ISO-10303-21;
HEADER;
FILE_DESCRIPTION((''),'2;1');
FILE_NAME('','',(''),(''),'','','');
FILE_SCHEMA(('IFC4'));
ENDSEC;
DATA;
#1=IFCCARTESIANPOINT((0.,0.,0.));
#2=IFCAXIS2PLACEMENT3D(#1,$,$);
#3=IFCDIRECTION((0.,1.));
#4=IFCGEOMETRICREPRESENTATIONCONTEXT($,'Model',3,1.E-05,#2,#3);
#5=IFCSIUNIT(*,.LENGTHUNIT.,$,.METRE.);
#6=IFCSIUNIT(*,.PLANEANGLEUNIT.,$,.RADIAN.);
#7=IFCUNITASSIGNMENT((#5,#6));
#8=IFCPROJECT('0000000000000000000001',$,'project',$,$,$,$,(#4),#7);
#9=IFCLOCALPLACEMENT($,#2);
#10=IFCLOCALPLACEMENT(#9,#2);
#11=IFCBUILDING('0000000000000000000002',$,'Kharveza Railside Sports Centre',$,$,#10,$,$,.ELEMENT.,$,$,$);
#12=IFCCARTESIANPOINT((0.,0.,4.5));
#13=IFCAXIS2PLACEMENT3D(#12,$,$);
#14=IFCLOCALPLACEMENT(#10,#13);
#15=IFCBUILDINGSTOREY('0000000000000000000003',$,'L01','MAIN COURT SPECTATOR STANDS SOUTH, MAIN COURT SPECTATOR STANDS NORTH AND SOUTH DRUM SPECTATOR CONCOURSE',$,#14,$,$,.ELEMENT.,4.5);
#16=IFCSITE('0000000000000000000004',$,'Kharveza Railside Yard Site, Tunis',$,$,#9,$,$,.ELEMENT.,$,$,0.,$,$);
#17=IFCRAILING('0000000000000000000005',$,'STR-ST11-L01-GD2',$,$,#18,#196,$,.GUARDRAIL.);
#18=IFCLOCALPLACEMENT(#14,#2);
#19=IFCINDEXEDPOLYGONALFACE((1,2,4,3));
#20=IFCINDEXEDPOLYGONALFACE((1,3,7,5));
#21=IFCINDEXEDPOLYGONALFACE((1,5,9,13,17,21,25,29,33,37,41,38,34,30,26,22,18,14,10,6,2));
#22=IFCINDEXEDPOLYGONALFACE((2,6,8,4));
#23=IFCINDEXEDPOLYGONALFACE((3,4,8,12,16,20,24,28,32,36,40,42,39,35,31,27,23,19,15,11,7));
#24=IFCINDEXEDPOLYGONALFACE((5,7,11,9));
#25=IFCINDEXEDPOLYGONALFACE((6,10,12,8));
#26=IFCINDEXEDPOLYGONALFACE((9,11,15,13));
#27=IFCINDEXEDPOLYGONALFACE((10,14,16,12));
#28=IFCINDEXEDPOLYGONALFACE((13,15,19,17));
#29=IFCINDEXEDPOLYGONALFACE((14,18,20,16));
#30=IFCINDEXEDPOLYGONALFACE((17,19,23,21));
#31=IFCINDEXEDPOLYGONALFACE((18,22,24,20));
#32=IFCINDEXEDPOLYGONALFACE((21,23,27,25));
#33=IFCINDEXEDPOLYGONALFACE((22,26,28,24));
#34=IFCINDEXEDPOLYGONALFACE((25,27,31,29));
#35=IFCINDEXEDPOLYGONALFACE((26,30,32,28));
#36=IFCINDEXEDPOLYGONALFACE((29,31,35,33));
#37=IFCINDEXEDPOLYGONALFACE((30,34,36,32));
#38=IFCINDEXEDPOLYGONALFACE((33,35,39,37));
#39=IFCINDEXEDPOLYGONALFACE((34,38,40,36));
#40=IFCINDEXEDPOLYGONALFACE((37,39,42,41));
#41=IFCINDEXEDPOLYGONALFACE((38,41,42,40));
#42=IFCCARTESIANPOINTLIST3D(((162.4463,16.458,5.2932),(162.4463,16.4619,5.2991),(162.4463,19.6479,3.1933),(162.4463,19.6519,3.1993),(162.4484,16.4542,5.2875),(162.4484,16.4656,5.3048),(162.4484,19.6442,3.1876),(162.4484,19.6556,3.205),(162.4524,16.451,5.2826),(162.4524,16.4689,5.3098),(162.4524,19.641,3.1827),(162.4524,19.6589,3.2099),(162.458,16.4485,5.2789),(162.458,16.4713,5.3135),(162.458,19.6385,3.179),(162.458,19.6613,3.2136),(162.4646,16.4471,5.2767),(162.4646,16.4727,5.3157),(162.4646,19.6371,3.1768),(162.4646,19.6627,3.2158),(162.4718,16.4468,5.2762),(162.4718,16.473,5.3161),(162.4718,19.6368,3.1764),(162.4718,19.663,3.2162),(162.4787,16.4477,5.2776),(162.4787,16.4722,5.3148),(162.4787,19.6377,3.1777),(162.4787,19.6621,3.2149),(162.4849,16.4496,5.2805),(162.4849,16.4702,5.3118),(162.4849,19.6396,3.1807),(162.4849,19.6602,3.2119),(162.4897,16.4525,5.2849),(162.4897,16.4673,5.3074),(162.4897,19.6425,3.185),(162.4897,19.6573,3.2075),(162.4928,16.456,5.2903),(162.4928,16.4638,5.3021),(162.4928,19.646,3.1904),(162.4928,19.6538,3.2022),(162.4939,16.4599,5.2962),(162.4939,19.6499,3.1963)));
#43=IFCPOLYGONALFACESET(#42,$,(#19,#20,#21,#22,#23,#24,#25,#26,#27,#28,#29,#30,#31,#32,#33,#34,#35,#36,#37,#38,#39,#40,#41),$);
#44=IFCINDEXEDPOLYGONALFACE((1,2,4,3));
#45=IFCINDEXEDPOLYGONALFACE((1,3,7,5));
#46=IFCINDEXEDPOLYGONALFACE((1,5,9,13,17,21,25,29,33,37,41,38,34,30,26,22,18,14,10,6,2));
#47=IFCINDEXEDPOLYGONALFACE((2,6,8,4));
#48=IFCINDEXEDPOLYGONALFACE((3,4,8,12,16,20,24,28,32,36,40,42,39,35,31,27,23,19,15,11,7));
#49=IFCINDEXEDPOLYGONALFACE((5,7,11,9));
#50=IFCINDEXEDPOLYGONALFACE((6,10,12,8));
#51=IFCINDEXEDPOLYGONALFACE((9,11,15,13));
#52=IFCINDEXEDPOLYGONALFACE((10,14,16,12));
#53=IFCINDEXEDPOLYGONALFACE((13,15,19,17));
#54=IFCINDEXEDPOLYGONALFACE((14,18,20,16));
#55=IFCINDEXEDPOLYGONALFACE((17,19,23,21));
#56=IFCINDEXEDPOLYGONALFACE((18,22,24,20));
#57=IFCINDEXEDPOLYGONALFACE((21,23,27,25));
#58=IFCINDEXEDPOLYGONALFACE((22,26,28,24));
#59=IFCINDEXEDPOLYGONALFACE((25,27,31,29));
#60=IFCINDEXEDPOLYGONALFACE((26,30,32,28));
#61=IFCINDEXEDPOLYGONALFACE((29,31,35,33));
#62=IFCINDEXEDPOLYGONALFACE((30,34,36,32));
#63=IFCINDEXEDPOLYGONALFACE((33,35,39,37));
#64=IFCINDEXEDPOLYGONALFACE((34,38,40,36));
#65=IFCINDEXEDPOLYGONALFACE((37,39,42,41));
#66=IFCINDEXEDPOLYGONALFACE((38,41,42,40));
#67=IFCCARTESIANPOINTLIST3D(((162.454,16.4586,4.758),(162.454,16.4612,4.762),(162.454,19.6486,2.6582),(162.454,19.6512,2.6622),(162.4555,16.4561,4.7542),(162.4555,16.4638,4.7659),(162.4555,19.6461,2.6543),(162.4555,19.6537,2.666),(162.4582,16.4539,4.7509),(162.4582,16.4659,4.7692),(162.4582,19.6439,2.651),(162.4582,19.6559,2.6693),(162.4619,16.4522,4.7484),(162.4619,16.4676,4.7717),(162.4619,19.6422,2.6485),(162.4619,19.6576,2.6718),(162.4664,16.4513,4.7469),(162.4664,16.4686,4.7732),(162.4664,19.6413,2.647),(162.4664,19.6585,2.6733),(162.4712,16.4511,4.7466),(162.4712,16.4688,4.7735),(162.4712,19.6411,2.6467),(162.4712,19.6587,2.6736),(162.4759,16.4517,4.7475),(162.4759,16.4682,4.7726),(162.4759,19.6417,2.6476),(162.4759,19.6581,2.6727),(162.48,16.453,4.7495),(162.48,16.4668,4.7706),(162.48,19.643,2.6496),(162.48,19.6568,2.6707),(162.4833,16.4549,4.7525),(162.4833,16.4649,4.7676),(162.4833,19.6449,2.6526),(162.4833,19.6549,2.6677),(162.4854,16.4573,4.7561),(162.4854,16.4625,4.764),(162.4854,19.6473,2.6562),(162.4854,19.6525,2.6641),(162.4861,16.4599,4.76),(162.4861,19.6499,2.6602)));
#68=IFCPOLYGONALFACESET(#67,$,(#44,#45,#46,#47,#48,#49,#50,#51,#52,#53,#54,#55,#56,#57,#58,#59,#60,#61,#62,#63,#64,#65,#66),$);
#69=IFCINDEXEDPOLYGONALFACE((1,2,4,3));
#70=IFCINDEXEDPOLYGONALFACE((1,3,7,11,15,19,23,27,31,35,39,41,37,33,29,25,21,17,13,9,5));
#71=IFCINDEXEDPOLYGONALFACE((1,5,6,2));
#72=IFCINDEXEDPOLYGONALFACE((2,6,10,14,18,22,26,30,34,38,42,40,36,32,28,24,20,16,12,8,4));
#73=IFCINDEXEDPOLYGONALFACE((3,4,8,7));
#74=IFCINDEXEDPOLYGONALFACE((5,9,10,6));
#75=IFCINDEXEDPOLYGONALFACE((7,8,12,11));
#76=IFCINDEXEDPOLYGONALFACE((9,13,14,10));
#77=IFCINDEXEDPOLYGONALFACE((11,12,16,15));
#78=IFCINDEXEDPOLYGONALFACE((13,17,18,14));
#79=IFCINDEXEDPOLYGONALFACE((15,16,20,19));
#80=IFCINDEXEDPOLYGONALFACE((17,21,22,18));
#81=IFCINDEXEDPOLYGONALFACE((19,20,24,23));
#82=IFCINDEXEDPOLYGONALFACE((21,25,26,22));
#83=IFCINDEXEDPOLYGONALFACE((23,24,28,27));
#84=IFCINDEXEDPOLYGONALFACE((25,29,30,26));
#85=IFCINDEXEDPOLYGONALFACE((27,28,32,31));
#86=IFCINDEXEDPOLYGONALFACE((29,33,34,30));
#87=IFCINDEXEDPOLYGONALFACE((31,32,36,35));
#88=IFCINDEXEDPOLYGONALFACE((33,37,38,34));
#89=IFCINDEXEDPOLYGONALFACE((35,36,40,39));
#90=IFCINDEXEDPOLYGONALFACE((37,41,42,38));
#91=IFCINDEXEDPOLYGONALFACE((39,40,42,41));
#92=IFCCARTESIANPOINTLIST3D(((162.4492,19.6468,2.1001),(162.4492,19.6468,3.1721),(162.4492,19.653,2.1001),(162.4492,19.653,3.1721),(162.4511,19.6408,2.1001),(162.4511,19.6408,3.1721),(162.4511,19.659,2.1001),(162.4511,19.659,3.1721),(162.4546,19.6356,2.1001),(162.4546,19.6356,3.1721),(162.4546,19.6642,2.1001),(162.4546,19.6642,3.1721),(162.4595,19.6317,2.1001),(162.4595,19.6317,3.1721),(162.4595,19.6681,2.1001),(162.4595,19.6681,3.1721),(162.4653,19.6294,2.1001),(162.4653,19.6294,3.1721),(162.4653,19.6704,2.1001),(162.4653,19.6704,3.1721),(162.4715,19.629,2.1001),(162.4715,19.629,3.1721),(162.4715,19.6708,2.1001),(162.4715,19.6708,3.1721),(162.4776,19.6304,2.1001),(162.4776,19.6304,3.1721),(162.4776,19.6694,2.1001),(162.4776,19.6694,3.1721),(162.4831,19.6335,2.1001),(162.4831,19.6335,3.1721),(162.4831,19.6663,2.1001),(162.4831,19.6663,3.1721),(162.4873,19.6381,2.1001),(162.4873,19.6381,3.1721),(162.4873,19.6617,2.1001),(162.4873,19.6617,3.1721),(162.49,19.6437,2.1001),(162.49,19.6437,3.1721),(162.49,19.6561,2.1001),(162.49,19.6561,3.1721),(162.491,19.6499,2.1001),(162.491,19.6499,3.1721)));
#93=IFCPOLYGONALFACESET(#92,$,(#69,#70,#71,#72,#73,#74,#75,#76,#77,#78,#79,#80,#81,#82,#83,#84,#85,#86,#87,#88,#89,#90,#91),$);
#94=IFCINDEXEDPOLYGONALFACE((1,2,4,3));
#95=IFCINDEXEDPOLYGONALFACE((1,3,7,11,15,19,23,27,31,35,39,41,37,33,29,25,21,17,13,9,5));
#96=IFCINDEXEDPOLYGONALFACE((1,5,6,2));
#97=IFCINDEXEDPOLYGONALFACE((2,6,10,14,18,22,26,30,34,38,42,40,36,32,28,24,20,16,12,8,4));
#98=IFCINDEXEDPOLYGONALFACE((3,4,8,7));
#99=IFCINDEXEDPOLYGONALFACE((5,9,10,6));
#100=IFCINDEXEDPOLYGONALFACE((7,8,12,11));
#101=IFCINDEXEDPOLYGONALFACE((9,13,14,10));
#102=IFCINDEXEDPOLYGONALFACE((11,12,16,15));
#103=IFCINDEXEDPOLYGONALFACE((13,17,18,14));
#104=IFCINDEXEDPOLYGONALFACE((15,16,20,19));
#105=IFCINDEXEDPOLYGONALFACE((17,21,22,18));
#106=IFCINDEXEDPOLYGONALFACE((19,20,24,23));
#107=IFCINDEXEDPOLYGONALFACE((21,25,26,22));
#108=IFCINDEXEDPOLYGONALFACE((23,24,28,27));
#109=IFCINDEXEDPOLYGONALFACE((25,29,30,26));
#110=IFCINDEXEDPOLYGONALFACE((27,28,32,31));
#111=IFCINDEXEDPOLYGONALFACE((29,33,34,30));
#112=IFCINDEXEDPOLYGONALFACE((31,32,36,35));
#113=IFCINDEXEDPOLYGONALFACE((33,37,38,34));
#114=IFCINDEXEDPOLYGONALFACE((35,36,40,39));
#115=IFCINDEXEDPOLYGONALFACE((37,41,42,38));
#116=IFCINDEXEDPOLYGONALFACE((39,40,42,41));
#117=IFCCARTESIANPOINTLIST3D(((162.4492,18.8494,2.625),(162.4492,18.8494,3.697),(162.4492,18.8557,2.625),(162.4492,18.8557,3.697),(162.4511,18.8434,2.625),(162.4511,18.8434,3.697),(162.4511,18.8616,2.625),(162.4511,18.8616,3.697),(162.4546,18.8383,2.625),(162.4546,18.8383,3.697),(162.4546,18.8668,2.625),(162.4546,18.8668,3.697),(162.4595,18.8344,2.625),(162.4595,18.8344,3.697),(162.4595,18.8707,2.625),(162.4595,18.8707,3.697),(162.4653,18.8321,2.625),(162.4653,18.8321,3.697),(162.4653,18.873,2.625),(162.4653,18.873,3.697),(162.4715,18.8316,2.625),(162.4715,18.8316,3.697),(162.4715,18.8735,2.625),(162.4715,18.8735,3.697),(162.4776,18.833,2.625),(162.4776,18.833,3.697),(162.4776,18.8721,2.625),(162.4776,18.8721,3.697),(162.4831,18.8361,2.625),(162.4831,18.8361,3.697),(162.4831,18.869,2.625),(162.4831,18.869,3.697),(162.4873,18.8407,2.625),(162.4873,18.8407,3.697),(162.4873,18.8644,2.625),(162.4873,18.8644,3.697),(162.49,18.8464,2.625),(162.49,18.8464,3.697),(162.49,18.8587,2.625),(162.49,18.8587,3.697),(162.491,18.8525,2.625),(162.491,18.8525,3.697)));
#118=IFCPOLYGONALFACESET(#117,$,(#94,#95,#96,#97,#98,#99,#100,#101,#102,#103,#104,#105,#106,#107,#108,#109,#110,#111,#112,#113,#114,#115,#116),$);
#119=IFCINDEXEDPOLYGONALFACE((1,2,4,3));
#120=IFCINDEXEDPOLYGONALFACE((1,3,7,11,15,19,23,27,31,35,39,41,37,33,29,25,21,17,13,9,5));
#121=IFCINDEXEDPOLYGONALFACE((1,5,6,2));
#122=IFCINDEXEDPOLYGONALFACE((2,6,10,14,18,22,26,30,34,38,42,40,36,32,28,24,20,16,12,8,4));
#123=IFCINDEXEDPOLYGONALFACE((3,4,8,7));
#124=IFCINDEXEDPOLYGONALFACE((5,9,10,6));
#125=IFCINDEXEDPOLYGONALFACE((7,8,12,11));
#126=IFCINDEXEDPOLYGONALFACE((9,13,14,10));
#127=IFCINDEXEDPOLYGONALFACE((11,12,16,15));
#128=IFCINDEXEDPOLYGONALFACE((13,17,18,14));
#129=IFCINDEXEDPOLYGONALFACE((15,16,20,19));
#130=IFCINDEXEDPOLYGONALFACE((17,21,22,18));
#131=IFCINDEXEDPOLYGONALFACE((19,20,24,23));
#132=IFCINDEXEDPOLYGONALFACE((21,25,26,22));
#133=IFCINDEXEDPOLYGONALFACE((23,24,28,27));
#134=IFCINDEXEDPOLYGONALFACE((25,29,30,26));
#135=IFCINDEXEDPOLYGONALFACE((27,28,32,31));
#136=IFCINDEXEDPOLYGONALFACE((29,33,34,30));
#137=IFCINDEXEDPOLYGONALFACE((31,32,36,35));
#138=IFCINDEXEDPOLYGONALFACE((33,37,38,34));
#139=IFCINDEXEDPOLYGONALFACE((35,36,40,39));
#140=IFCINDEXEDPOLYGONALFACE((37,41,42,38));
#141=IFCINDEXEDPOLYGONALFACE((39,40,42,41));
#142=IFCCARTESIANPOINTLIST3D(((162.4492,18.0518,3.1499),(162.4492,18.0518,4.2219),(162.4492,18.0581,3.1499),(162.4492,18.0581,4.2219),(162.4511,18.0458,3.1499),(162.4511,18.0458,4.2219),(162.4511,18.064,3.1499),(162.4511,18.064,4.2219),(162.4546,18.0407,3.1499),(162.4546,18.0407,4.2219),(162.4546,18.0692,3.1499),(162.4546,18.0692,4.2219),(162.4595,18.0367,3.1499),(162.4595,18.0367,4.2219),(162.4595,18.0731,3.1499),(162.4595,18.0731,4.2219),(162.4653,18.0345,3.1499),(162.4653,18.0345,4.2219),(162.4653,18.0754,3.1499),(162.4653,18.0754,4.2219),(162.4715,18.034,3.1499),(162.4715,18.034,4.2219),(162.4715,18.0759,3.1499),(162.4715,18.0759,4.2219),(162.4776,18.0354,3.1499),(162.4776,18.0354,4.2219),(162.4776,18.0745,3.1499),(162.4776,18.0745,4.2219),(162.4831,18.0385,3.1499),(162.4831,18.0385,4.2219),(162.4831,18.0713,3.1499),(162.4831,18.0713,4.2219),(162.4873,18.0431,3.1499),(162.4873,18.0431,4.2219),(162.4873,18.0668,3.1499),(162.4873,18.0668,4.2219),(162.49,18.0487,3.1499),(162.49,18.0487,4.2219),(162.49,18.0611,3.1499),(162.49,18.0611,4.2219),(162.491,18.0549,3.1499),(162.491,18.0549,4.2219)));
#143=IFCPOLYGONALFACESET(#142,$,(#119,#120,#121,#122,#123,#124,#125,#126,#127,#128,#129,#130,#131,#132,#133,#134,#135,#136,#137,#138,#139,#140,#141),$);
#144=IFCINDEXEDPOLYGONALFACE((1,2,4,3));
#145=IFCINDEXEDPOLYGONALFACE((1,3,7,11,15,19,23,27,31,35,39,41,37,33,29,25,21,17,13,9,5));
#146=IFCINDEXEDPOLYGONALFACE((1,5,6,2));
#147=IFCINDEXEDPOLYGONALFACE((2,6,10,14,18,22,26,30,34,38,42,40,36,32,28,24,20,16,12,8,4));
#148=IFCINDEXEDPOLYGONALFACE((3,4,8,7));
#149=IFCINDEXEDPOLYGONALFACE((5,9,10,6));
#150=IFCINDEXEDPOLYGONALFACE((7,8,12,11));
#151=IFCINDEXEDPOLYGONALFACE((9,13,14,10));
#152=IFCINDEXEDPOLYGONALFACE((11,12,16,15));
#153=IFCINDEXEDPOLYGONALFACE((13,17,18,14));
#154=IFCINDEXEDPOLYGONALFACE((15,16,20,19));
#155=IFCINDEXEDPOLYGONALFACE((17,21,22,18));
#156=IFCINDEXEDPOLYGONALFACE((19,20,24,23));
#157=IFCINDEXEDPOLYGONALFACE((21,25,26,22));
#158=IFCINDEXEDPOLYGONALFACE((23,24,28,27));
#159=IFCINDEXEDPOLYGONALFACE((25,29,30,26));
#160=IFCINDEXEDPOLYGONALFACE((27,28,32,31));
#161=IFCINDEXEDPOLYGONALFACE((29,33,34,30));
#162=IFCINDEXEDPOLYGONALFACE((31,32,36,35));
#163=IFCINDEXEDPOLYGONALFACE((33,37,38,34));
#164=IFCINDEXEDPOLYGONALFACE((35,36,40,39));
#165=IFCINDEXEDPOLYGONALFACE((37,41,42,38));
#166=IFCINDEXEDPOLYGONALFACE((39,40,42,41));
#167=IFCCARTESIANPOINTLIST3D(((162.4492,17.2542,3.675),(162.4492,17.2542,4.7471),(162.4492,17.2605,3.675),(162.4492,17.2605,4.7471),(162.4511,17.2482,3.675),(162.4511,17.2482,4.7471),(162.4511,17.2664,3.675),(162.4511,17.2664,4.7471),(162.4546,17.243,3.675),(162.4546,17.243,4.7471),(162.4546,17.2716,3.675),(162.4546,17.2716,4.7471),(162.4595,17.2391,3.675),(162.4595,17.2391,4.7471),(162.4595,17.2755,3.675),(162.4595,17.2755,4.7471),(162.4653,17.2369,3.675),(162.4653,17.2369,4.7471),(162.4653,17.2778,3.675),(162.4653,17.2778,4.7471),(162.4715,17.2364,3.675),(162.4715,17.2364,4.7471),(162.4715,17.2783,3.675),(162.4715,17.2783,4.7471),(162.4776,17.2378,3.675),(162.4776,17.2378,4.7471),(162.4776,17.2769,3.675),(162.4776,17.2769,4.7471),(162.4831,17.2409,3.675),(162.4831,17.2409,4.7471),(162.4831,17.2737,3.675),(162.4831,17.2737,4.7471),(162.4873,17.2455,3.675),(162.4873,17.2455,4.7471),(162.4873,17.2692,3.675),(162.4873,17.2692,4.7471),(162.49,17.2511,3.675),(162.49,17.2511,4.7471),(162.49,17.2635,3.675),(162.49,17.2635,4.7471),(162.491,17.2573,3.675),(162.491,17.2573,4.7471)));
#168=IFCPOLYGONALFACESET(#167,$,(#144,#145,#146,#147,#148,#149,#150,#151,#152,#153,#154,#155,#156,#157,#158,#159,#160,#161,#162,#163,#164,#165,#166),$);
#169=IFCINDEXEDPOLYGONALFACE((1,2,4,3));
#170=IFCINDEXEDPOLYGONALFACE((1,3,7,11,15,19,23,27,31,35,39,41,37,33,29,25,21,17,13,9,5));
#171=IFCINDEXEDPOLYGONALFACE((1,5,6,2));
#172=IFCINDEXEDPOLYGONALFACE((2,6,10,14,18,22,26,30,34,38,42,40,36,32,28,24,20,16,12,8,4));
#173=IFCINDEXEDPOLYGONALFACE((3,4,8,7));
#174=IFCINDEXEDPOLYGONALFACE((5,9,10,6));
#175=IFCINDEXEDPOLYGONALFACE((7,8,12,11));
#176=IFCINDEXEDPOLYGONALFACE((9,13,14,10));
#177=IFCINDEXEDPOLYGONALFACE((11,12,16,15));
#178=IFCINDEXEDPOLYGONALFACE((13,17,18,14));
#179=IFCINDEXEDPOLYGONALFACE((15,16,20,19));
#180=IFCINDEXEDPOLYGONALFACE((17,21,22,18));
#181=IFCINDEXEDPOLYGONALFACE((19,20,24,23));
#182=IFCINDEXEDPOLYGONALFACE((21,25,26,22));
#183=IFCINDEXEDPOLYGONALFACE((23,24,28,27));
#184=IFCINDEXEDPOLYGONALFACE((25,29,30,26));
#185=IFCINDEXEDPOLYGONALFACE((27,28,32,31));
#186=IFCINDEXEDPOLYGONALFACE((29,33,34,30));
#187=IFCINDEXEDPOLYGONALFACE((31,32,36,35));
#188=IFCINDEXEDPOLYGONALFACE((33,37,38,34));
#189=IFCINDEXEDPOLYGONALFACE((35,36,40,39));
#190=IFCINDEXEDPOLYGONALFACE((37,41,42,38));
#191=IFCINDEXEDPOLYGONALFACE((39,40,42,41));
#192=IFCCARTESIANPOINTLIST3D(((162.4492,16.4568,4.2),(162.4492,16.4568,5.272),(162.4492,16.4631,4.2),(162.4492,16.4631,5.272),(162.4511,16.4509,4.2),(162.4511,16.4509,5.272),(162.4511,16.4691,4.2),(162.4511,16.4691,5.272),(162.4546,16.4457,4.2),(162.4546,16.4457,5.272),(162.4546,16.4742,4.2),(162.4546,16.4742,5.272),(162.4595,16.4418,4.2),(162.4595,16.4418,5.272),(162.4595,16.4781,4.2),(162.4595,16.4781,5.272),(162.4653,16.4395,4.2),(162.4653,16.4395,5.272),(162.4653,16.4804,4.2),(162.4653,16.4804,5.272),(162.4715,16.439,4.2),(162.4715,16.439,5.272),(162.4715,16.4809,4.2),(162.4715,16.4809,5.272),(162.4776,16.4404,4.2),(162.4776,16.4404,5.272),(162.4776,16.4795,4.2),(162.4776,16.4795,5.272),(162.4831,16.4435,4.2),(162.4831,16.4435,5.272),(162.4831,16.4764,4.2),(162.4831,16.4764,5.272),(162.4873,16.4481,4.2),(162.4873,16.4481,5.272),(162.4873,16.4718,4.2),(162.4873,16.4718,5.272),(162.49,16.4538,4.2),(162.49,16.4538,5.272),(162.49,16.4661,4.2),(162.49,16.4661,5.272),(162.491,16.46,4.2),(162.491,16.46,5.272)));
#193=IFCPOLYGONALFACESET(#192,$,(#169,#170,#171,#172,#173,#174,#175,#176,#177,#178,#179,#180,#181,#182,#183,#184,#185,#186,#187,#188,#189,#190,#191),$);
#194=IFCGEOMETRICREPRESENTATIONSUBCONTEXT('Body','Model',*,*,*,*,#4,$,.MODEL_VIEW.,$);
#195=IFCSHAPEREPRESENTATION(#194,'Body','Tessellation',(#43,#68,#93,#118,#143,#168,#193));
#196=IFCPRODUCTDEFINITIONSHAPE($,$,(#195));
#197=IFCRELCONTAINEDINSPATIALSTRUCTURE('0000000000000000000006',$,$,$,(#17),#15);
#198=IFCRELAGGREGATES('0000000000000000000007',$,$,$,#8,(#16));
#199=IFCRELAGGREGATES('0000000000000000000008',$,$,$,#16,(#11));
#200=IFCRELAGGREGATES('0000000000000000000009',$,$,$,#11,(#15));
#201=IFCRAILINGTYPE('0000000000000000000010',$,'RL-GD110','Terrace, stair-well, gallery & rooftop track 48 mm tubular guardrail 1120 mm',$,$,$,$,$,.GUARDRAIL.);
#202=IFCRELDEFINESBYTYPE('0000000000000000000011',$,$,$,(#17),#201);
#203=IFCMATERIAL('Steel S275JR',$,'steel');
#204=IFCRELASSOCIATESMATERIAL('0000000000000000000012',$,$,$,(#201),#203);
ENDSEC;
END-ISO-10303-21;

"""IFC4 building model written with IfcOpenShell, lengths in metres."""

from ifc_helpers import new_model, si_unit, direction, frame, origin, origin_2d, place, context, subcontext, project, spatial, circle, extrude, material, type_object, element, save


model = new_model("IFC4")

# Units and contexts
model_context = context("Model", 3, precision=1e-05, world=origin(), true_north=direction((0.0, 1.0)))
body_context = subcontext(model_context, "Body", "Model", "MODEL_VIEW")
ifc_project = project(units=[si_unit("LENGTHUNIT", "METRE"), si_unit("PLANEANGLEUNIT", "RADIAN")], contexts=[model_context])

# Site, building, storey
site_placement = place(None, origin())
site = spatial("IfcSite", under=ifc_project, at=site_placement, Name="Kharveza Railside Yard Site, Tunis", CompositionType="ELEMENT", RefElevation=0.0)
building_placement = place(site_placement, origin())
building = spatial("IfcBuilding", under=site, at=building_placement, Name="Kharveza Railside Sports Centre", CompositionType="ELEMENT")
storey_placement = place(building_placement, frame((0.0, 0.0, 4.5)))
storey = spatial("IfcBuildingStorey", under=building, at=storey_placement, Name="L01", Description="MAIN COURT SPECTATOR STANDS SOUTH, MAIN COURT SPECTATOR STANDS NORTH AND SOUTH DRUM SPECTATOR CONCOURSE", CompositionType="ELEMENT", Elevation=4.5)

# Railing
ifc_material_1 = material(Name="Steel S275JR", Category="steel")
railing_type_1 = type_object("IfcRailingType", Name="RL-GD110", Description="Terrace, stair-well, gallery & rooftop track 48 mm tubular guardrail 1120 mm", PredefinedType="GUARDRAIL", material=ifc_material_1)
railing_1_placement = place(storey_placement, frame((162.47, 19.6499, 2.1001)))
element("IfcRailing", 1, at=railing_1_placement, inside=storey, type_object=railing_type_1, Name="STR-ST11-L01-GD2", PredefinedType="GUARDRAIL", context=body_context, shape_type="SweptSolid", body=[
    extrude(circle(Radius=0.0239, at=origin_2d()), frame((0.0, 0.0, 1.0962), z_axis=(0.0, -0.835272, 0.549837), x_axis=(1.0, 0.0, 0.0)), (0.0, 0.0, 1.0), 3.8191),
    extrude(circle(Radius=0.0161, at=origin_2d()), frame((0.0, 0.0, 0.5601), z_axis=(0.0, -0.835272, 0.549837), x_axis=(1.0, 0.0, 0.0)), (0.0, 0.0, 1.0), 3.8191),
    extrude(circle(Radius=0.021, at=origin_2d()), origin(), (0.0, 0.0, 1.0), 1.072),
    extrude(circle(Radius=0.021, at=origin_2d()), frame((0.0, -0.7974, 0.5249)), (0.0, 0.0, 1.0), 1.072),
    extrude(circle(Radius=0.021, at=origin_2d()), frame((0.0, -1.595, 1.0498)), (0.0, 0.0, 1.0), 1.072),
    extrude(circle(Radius=0.021, at=origin_2d()), frame((0.0, -2.3926, 1.575)), (0.0, 0.0, 1.0), 1.072),
    extrude(circle(Radius=0.021, at=origin_2d()), frame((0.0, -3.1899, 2.0999)), (0.0, 0.0, 1.0), 1.072),
])

save(model, "model.ifc")
